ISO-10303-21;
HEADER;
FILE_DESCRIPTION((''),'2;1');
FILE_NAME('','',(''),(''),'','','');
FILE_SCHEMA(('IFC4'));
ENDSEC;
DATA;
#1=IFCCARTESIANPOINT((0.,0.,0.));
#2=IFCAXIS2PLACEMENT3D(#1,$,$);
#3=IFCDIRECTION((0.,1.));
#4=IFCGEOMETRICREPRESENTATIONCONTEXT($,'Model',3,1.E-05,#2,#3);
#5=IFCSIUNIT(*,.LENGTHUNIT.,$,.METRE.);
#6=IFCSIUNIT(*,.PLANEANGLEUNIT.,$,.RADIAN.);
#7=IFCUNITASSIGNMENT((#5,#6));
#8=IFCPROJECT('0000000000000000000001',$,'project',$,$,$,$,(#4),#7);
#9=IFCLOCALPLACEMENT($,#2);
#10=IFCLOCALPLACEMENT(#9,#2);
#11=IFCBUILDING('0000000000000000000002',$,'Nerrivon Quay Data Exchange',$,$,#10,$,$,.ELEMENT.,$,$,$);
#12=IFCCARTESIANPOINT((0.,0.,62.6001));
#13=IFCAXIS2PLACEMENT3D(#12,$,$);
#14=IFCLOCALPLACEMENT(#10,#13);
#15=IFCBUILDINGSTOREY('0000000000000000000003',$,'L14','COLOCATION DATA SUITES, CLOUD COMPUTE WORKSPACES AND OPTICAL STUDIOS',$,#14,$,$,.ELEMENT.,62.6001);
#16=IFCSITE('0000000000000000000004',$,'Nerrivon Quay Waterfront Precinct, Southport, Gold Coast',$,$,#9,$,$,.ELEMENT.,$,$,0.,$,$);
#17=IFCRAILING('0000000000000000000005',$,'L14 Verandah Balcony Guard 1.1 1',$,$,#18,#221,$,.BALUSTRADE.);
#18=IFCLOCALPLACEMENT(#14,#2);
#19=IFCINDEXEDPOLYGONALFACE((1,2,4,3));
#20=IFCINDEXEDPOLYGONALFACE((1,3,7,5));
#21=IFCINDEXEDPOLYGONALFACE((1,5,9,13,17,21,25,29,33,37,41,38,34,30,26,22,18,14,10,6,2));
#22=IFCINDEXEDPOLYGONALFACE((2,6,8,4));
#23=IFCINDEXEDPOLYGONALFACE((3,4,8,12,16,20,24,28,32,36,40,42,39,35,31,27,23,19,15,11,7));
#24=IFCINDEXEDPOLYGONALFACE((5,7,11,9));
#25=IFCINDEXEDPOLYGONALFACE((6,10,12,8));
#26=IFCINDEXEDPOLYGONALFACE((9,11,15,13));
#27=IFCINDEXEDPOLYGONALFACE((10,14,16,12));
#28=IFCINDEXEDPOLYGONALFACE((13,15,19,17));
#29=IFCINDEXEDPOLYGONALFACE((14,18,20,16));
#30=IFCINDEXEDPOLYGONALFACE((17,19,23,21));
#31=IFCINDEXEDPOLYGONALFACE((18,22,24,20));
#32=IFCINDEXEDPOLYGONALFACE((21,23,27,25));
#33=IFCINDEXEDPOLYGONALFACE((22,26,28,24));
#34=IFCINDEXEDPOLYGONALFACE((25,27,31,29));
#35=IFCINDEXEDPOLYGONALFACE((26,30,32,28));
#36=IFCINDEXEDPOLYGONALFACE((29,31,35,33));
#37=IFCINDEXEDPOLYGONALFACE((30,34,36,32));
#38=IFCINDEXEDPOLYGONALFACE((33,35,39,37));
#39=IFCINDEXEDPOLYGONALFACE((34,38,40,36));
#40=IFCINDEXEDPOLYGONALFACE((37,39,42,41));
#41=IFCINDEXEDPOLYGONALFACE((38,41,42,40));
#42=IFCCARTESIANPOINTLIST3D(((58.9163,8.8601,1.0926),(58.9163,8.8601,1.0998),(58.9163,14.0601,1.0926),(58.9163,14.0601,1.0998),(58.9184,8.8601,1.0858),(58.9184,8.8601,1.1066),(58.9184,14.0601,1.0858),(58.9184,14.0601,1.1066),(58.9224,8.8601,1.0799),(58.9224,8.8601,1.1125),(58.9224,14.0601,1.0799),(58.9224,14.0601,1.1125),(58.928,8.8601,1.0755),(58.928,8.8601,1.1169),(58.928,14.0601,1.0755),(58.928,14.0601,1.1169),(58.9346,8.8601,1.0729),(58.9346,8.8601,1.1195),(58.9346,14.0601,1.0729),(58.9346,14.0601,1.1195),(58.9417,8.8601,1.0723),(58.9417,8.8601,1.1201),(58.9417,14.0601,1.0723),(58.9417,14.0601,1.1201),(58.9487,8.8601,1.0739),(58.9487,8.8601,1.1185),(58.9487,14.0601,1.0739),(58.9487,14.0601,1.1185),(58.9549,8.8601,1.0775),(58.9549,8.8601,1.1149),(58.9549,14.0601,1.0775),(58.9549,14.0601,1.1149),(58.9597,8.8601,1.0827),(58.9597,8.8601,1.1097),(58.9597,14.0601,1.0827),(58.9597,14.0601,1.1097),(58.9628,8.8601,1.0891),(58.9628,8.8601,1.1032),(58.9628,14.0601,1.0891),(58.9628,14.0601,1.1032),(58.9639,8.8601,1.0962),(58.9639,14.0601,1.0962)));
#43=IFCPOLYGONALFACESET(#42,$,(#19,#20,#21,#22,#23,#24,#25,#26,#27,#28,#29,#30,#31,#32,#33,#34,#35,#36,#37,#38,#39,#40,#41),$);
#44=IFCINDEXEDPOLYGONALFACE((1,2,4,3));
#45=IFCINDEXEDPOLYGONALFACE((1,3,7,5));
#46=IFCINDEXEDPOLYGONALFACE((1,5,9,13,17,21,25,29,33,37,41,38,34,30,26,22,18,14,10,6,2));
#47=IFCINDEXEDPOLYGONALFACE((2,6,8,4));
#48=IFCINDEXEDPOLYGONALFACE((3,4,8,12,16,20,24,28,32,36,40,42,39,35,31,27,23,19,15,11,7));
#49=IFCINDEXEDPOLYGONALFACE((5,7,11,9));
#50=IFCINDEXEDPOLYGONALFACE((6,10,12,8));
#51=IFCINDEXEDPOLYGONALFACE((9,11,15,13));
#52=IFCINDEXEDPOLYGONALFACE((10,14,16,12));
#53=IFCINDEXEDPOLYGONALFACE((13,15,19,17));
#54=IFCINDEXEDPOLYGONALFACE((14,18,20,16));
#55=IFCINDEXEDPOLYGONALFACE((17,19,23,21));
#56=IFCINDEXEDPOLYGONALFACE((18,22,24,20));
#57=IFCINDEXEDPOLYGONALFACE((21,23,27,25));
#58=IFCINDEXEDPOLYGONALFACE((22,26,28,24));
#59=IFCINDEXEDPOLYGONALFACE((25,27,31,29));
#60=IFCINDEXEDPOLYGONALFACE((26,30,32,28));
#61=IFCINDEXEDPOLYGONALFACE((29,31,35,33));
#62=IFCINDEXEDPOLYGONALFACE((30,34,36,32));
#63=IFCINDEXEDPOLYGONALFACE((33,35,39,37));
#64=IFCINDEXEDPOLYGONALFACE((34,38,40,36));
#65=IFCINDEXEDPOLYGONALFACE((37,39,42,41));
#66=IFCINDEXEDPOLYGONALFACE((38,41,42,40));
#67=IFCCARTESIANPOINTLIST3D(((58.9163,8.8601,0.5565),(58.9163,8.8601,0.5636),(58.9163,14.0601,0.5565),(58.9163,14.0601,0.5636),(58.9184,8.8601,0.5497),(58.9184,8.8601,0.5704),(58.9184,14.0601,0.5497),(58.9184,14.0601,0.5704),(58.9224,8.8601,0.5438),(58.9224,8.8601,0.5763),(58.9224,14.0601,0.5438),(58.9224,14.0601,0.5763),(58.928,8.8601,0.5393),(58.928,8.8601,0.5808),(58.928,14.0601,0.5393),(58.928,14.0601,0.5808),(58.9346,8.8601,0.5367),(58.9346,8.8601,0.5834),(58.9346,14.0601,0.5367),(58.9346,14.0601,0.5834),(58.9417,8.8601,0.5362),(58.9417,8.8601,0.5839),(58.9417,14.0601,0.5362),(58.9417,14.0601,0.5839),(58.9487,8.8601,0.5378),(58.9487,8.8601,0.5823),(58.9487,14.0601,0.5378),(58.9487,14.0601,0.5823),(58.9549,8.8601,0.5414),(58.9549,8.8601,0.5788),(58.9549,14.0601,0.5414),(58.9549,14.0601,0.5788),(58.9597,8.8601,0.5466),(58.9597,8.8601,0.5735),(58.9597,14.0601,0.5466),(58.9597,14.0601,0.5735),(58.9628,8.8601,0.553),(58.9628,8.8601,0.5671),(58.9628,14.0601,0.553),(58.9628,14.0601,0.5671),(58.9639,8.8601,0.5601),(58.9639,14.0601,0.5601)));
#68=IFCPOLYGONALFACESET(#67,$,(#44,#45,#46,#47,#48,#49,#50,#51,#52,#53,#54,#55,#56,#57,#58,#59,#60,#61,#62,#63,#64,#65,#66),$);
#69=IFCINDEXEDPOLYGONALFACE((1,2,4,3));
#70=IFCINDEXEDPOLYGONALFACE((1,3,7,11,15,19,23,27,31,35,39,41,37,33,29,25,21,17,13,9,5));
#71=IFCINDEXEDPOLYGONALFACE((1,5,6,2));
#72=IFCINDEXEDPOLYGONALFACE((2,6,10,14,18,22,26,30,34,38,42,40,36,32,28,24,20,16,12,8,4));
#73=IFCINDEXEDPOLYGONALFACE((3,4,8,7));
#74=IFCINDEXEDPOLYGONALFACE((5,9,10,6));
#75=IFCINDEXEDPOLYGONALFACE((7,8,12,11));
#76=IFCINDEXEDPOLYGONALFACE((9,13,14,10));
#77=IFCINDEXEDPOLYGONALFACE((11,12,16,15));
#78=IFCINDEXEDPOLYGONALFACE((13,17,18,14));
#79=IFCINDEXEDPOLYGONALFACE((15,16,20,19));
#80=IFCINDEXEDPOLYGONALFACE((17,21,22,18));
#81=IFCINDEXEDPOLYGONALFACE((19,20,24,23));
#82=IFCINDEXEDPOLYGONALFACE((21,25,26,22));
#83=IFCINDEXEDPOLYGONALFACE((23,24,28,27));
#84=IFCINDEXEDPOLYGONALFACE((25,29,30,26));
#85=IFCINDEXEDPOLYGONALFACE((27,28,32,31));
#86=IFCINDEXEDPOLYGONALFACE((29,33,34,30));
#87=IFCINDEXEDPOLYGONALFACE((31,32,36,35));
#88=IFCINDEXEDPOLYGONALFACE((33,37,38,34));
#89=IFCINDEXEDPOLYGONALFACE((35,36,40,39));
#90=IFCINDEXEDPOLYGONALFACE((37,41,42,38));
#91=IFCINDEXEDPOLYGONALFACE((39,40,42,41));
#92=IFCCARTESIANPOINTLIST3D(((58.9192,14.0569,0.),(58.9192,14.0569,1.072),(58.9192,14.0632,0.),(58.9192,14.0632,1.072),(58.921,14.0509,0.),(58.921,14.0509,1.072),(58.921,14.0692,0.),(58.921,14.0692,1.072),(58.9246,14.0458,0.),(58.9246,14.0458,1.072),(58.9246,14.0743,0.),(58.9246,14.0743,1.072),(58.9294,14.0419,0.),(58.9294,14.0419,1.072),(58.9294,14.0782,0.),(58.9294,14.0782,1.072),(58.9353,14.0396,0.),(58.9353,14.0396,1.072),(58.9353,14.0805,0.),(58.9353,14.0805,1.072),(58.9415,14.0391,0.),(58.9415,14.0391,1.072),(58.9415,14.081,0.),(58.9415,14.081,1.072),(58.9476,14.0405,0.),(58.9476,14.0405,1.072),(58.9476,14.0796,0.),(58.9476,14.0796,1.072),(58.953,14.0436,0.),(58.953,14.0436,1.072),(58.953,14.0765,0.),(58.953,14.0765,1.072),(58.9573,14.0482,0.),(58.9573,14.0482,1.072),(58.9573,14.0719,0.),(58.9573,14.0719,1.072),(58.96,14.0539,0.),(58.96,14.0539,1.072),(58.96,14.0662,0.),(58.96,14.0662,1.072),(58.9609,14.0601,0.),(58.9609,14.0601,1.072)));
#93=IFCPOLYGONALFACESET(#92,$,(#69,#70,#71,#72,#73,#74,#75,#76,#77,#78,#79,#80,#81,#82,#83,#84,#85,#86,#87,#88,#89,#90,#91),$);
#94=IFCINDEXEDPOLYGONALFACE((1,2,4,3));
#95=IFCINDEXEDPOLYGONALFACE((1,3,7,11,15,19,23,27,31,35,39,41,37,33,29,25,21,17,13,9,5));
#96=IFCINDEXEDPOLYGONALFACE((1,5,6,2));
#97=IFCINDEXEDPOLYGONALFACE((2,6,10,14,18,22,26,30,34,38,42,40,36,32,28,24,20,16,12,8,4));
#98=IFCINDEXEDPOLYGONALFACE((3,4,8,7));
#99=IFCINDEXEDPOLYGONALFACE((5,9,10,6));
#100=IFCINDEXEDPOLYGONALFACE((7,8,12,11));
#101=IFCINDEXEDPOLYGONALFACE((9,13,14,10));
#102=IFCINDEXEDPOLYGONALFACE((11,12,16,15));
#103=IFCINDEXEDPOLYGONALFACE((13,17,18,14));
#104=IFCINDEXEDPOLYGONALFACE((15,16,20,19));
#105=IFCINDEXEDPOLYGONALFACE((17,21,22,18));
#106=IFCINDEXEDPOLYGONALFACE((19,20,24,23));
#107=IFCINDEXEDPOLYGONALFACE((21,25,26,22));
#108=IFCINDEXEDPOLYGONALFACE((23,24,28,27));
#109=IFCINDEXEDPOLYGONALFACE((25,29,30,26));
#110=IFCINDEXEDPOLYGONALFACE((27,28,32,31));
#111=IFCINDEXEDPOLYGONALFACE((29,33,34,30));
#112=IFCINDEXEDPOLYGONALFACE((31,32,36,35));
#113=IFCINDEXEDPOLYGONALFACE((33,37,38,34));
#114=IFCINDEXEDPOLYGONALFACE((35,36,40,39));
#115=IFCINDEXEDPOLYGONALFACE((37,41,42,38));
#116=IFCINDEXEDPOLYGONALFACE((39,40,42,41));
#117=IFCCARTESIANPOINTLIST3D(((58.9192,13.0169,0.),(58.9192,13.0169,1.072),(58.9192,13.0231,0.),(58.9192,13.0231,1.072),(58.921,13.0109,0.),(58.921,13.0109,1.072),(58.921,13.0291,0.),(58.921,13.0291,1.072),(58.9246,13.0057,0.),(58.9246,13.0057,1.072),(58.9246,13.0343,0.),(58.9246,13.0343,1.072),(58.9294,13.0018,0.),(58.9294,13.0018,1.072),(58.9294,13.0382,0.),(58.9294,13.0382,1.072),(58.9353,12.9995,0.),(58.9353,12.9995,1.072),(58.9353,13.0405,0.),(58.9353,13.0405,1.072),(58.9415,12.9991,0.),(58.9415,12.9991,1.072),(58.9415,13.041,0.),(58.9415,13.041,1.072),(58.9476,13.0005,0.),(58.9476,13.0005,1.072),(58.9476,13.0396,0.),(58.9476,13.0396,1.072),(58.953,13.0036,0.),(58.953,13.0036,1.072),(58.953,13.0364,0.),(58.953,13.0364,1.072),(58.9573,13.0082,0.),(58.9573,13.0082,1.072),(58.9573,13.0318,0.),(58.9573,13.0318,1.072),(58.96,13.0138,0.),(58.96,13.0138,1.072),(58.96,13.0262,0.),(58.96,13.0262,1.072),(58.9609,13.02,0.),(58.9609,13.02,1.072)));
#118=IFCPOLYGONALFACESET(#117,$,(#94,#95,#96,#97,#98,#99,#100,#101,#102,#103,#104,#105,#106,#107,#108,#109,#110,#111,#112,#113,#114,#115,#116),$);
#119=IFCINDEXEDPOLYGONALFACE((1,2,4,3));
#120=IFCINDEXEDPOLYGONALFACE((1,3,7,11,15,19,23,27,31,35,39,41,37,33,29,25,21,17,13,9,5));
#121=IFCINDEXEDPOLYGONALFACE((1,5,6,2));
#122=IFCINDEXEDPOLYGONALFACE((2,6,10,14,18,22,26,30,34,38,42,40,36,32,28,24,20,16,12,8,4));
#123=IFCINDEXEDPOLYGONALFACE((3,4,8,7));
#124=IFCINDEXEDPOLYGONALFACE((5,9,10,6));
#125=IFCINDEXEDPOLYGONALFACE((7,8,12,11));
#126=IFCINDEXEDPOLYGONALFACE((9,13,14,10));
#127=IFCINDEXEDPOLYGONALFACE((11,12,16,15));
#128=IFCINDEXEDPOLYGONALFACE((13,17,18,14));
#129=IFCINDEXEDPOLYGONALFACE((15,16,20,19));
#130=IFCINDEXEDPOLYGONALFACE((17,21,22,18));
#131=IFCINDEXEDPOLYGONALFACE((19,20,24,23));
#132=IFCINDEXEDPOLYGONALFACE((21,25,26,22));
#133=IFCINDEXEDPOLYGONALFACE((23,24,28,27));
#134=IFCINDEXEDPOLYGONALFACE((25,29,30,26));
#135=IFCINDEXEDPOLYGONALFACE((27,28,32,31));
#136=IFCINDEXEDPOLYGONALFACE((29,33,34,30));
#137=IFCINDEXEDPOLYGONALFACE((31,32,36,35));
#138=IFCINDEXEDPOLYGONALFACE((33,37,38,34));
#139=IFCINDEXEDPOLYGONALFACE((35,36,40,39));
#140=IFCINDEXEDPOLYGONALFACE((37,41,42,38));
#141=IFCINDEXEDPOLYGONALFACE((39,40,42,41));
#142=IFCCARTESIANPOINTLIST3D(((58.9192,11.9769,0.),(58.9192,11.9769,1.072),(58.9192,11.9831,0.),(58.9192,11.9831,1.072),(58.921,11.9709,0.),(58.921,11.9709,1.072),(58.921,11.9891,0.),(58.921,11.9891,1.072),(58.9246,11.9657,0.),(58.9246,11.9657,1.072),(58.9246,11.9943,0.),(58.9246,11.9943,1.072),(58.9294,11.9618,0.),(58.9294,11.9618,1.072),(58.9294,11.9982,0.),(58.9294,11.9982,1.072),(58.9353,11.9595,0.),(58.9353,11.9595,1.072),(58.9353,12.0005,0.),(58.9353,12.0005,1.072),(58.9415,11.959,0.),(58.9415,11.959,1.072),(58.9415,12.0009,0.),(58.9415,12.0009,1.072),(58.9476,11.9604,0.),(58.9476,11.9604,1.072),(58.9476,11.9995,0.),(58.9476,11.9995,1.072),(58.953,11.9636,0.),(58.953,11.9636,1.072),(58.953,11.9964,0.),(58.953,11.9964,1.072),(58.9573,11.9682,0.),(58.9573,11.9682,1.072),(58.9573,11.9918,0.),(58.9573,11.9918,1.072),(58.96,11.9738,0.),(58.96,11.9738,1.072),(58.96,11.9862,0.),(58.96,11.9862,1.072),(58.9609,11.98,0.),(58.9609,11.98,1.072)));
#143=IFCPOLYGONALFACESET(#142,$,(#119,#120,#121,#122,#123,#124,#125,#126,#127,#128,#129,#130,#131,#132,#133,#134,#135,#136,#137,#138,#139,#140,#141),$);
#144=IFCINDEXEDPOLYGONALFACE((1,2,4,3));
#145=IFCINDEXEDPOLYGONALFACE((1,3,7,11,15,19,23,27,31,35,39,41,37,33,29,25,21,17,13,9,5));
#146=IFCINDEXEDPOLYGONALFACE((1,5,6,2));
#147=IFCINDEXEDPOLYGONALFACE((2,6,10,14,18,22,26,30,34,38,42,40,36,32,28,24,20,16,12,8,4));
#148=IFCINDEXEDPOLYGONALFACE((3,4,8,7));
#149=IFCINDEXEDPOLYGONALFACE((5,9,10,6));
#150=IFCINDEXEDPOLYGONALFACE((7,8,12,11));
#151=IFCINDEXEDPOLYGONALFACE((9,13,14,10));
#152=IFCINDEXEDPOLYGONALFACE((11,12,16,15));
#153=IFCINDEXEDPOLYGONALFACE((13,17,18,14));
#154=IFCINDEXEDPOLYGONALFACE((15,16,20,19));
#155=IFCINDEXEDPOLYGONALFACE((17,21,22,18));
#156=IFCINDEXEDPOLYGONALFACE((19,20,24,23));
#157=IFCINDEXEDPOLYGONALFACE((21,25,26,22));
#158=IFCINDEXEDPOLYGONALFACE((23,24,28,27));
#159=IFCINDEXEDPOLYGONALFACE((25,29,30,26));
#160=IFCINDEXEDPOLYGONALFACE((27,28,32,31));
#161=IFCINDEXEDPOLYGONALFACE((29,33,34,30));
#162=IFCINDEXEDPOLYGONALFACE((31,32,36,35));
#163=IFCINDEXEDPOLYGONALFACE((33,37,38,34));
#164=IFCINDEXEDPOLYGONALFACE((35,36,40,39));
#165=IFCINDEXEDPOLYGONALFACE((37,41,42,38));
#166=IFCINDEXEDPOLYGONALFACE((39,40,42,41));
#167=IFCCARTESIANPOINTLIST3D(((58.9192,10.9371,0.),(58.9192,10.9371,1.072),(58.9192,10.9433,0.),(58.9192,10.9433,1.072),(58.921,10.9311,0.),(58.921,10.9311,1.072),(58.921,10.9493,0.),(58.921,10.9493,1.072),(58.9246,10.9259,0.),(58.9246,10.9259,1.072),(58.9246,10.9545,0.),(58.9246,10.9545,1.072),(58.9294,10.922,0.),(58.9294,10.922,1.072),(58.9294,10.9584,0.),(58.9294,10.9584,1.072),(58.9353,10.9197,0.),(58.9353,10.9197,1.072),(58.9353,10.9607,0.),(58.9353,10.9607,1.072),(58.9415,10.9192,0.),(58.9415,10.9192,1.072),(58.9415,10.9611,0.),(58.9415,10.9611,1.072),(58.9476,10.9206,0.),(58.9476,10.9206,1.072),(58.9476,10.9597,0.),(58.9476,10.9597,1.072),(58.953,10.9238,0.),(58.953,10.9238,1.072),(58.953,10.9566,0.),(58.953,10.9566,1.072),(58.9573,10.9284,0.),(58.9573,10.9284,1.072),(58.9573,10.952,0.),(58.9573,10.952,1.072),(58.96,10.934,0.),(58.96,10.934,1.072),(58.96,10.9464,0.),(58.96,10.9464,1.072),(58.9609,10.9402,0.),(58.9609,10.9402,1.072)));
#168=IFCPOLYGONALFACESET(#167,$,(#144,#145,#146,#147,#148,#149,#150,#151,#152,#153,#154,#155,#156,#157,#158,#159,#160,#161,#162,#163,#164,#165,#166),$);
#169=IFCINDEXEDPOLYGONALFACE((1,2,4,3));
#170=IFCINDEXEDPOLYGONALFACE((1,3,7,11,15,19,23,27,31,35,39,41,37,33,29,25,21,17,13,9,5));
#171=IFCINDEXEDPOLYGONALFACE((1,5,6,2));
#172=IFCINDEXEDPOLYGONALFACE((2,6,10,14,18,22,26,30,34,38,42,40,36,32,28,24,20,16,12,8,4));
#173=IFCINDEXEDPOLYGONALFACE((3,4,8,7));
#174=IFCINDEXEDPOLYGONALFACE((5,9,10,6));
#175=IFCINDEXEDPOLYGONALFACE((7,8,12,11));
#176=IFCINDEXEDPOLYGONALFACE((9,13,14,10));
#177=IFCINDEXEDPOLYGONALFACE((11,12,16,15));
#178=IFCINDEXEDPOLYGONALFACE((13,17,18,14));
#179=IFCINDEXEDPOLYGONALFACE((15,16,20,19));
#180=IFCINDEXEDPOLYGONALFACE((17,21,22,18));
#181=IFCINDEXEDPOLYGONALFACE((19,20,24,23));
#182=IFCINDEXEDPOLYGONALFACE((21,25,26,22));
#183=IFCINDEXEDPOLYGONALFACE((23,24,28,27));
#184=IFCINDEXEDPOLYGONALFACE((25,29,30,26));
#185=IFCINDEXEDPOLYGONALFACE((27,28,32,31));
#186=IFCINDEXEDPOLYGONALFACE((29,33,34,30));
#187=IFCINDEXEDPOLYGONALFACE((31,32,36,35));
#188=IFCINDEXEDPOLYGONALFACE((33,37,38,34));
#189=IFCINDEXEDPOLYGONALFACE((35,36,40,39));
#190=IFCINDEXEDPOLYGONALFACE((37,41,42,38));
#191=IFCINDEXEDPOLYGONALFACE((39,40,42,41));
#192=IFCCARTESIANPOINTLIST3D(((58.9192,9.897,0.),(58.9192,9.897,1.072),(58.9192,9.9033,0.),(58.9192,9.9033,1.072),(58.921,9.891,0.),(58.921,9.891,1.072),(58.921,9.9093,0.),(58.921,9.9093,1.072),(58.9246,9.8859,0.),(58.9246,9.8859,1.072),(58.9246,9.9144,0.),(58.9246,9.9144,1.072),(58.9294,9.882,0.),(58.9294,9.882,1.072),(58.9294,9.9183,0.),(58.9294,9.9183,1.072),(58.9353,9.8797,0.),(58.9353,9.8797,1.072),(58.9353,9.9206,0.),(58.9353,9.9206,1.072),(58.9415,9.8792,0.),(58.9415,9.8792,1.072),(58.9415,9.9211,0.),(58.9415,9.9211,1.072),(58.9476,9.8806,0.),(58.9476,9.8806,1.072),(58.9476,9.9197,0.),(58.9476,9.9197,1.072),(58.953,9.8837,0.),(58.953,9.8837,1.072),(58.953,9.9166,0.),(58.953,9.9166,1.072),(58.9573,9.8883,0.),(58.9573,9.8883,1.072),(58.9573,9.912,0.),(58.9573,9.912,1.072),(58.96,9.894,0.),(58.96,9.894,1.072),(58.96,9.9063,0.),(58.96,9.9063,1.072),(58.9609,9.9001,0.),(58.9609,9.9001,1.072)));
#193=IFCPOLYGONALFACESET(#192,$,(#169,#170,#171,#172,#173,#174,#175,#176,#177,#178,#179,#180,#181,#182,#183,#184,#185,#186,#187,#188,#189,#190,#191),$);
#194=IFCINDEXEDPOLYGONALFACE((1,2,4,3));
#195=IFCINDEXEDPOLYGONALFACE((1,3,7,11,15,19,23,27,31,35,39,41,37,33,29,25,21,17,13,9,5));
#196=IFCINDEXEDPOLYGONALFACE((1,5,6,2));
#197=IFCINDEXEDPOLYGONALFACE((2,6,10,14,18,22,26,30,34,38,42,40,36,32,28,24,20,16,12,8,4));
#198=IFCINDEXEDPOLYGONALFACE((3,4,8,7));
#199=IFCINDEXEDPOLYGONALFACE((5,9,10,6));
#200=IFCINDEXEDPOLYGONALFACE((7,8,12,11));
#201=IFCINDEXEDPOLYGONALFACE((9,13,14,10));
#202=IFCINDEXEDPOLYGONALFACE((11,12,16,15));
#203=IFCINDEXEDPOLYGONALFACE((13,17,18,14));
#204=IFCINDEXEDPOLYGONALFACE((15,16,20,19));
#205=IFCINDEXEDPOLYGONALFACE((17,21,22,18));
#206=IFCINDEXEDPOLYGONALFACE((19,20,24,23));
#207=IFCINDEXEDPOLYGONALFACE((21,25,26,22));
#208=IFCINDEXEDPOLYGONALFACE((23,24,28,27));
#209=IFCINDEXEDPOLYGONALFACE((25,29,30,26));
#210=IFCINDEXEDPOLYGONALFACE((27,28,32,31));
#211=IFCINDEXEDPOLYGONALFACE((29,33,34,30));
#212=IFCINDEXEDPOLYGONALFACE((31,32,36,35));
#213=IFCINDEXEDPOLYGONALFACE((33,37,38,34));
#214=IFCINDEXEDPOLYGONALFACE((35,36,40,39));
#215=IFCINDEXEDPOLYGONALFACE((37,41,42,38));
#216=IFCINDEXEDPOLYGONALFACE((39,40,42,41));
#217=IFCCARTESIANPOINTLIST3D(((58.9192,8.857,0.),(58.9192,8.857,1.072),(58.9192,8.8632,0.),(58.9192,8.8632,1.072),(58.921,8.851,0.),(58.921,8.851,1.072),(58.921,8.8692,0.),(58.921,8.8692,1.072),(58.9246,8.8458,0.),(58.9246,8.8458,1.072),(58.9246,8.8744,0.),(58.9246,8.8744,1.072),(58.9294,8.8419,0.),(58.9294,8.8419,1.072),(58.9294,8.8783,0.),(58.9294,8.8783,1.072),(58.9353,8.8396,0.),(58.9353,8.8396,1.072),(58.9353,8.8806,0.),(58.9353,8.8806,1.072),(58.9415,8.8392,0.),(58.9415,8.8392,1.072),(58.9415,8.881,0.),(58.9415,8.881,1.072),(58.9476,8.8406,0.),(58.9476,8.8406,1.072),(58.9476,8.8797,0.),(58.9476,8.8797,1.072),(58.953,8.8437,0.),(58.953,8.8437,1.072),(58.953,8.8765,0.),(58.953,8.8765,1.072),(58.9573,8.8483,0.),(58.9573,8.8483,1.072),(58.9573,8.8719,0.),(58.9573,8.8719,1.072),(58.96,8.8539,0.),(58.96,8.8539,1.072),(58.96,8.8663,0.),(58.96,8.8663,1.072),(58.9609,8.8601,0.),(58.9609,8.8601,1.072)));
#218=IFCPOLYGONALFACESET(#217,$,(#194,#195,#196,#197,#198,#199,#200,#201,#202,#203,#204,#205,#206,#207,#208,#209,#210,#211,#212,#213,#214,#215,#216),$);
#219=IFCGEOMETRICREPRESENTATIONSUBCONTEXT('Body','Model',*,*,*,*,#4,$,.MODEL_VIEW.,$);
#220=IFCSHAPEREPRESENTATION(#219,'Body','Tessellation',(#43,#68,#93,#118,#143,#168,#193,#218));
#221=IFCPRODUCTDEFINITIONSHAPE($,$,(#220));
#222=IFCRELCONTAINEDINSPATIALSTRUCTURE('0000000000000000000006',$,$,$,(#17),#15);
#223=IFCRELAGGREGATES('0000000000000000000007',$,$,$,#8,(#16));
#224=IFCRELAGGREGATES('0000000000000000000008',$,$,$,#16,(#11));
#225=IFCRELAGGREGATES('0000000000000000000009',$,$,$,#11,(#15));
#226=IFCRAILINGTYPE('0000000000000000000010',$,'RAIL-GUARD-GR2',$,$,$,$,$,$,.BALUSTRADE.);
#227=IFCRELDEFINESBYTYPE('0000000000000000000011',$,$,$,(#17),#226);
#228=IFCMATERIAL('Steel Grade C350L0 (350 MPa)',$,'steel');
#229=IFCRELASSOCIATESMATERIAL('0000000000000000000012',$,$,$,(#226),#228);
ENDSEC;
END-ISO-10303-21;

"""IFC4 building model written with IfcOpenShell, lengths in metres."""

from ifc_helpers import new_model, si_unit, direction, frame, origin, origin_2d, place, context, subcontext, project, spatial, circle, extrude, material, type_object, element, save


model = new_model("IFC4")

# Units and contexts
model_context = context("Model", 3, precision=1e-05, world=origin(), true_north=direction((0.0, 1.0)))
body_context = subcontext(model_context, "Body", "Model", "MODEL_VIEW")
ifc_project = project(units=[si_unit("LENGTHUNIT", "METRE"), si_unit("PLANEANGLEUNIT", "RADIAN")], contexts=[model_context])

# Site, building, storey
site_placement = place(None, origin())
site = spatial("IfcSite", under=ifc_project, at=site_placement, Name="Nerrivon Quay Waterfront Precinct, Southport, Gold Coast", CompositionType="ELEMENT", RefElevation=0.0)
building_placement = place(site_placement, origin())
building = spatial("IfcBuilding", under=site, at=building_placement, Name="Nerrivon Quay Data Exchange", CompositionType="ELEMENT")
storey_placement = place(building_placement, frame((0.0, 0.0, 62.6001)))
storey = spatial("IfcBuildingStorey", under=building, at=storey_placement, Name="L14", Description="COLOCATION DATA SUITES, CLOUD COMPUTE WORKSPACES AND OPTICAL STUDIOS", CompositionType="ELEMENT", Elevation=62.6001)

# Shared definitions
ifc_material_1 = material(Name="Steel Grade C350L0 (350 MPa)", Category="steel")

# Railing
railing_type = type_object("IfcRailingType", Name="RAIL-GUARD-GR2", PredefinedType="BALUSTRADE", material=ifc_material_1)
railing_1_placement = place(storey_placement, frame((58.9399, 14.0601, 0.0)))
element("IfcRailing", 1, at=railing_1_placement, inside=storey, type_object=railing_type, Name="L14 Verandah Balcony Guard 1.1 1", PredefinedType="BALUSTRADE", context=body_context, shape_type="SweptSolid", body=[
    extrude(circle(Radius=0.0239, at=origin_2d()), frame((0.0, 0.0, 1.0962), z_axis=(0.0, -1.0, 0.0), x_axis=(1.0, 0.0, 0.0)), (0.0, 0.0, 1.0), 5.2),
    extrude(circle(Radius=0.0239, at=origin_2d()), frame((0.0, 0.0, 0.5601), z_axis=(0.0, -1.0, 0.0), x_axis=(1.0, 0.0, 0.0)), (0.0, 0.0, 1.0), 5.2),
    extrude(circle(Radius=0.021, at=origin_2d()), origin(), (0.0, 0.0, 1.0), 1.072),
    extrude(circle(Radius=0.021, at=origin_2d()), frame((0.0, -1.04, 0.0)), (0.0, 0.0, 1.0), 1.072),
    extrude(circle(Radius=0.021, at=origin_2d()), frame((0.0, -2.0801, 0.0)), (0.0, 0.0, 1.0), 1.072),
    extrude(circle(Radius=0.021, at=origin_2d()), frame((0.0, -3.1199, 0.0)), (0.0, 0.0, 1.0), 1.072),
    extrude(circle(Radius=0.021, at=origin_2d()), frame((0.0, -4.1599, 0.0)), (0.0, 0.0, 1.0), 1.072),
    extrude(circle(Radius=0.021, at=origin_2d()), frame((0.0, -5.2, 0.0)), (0.0, 0.0, 1.0), 1.072),
])

save(model, "model.ifc")
